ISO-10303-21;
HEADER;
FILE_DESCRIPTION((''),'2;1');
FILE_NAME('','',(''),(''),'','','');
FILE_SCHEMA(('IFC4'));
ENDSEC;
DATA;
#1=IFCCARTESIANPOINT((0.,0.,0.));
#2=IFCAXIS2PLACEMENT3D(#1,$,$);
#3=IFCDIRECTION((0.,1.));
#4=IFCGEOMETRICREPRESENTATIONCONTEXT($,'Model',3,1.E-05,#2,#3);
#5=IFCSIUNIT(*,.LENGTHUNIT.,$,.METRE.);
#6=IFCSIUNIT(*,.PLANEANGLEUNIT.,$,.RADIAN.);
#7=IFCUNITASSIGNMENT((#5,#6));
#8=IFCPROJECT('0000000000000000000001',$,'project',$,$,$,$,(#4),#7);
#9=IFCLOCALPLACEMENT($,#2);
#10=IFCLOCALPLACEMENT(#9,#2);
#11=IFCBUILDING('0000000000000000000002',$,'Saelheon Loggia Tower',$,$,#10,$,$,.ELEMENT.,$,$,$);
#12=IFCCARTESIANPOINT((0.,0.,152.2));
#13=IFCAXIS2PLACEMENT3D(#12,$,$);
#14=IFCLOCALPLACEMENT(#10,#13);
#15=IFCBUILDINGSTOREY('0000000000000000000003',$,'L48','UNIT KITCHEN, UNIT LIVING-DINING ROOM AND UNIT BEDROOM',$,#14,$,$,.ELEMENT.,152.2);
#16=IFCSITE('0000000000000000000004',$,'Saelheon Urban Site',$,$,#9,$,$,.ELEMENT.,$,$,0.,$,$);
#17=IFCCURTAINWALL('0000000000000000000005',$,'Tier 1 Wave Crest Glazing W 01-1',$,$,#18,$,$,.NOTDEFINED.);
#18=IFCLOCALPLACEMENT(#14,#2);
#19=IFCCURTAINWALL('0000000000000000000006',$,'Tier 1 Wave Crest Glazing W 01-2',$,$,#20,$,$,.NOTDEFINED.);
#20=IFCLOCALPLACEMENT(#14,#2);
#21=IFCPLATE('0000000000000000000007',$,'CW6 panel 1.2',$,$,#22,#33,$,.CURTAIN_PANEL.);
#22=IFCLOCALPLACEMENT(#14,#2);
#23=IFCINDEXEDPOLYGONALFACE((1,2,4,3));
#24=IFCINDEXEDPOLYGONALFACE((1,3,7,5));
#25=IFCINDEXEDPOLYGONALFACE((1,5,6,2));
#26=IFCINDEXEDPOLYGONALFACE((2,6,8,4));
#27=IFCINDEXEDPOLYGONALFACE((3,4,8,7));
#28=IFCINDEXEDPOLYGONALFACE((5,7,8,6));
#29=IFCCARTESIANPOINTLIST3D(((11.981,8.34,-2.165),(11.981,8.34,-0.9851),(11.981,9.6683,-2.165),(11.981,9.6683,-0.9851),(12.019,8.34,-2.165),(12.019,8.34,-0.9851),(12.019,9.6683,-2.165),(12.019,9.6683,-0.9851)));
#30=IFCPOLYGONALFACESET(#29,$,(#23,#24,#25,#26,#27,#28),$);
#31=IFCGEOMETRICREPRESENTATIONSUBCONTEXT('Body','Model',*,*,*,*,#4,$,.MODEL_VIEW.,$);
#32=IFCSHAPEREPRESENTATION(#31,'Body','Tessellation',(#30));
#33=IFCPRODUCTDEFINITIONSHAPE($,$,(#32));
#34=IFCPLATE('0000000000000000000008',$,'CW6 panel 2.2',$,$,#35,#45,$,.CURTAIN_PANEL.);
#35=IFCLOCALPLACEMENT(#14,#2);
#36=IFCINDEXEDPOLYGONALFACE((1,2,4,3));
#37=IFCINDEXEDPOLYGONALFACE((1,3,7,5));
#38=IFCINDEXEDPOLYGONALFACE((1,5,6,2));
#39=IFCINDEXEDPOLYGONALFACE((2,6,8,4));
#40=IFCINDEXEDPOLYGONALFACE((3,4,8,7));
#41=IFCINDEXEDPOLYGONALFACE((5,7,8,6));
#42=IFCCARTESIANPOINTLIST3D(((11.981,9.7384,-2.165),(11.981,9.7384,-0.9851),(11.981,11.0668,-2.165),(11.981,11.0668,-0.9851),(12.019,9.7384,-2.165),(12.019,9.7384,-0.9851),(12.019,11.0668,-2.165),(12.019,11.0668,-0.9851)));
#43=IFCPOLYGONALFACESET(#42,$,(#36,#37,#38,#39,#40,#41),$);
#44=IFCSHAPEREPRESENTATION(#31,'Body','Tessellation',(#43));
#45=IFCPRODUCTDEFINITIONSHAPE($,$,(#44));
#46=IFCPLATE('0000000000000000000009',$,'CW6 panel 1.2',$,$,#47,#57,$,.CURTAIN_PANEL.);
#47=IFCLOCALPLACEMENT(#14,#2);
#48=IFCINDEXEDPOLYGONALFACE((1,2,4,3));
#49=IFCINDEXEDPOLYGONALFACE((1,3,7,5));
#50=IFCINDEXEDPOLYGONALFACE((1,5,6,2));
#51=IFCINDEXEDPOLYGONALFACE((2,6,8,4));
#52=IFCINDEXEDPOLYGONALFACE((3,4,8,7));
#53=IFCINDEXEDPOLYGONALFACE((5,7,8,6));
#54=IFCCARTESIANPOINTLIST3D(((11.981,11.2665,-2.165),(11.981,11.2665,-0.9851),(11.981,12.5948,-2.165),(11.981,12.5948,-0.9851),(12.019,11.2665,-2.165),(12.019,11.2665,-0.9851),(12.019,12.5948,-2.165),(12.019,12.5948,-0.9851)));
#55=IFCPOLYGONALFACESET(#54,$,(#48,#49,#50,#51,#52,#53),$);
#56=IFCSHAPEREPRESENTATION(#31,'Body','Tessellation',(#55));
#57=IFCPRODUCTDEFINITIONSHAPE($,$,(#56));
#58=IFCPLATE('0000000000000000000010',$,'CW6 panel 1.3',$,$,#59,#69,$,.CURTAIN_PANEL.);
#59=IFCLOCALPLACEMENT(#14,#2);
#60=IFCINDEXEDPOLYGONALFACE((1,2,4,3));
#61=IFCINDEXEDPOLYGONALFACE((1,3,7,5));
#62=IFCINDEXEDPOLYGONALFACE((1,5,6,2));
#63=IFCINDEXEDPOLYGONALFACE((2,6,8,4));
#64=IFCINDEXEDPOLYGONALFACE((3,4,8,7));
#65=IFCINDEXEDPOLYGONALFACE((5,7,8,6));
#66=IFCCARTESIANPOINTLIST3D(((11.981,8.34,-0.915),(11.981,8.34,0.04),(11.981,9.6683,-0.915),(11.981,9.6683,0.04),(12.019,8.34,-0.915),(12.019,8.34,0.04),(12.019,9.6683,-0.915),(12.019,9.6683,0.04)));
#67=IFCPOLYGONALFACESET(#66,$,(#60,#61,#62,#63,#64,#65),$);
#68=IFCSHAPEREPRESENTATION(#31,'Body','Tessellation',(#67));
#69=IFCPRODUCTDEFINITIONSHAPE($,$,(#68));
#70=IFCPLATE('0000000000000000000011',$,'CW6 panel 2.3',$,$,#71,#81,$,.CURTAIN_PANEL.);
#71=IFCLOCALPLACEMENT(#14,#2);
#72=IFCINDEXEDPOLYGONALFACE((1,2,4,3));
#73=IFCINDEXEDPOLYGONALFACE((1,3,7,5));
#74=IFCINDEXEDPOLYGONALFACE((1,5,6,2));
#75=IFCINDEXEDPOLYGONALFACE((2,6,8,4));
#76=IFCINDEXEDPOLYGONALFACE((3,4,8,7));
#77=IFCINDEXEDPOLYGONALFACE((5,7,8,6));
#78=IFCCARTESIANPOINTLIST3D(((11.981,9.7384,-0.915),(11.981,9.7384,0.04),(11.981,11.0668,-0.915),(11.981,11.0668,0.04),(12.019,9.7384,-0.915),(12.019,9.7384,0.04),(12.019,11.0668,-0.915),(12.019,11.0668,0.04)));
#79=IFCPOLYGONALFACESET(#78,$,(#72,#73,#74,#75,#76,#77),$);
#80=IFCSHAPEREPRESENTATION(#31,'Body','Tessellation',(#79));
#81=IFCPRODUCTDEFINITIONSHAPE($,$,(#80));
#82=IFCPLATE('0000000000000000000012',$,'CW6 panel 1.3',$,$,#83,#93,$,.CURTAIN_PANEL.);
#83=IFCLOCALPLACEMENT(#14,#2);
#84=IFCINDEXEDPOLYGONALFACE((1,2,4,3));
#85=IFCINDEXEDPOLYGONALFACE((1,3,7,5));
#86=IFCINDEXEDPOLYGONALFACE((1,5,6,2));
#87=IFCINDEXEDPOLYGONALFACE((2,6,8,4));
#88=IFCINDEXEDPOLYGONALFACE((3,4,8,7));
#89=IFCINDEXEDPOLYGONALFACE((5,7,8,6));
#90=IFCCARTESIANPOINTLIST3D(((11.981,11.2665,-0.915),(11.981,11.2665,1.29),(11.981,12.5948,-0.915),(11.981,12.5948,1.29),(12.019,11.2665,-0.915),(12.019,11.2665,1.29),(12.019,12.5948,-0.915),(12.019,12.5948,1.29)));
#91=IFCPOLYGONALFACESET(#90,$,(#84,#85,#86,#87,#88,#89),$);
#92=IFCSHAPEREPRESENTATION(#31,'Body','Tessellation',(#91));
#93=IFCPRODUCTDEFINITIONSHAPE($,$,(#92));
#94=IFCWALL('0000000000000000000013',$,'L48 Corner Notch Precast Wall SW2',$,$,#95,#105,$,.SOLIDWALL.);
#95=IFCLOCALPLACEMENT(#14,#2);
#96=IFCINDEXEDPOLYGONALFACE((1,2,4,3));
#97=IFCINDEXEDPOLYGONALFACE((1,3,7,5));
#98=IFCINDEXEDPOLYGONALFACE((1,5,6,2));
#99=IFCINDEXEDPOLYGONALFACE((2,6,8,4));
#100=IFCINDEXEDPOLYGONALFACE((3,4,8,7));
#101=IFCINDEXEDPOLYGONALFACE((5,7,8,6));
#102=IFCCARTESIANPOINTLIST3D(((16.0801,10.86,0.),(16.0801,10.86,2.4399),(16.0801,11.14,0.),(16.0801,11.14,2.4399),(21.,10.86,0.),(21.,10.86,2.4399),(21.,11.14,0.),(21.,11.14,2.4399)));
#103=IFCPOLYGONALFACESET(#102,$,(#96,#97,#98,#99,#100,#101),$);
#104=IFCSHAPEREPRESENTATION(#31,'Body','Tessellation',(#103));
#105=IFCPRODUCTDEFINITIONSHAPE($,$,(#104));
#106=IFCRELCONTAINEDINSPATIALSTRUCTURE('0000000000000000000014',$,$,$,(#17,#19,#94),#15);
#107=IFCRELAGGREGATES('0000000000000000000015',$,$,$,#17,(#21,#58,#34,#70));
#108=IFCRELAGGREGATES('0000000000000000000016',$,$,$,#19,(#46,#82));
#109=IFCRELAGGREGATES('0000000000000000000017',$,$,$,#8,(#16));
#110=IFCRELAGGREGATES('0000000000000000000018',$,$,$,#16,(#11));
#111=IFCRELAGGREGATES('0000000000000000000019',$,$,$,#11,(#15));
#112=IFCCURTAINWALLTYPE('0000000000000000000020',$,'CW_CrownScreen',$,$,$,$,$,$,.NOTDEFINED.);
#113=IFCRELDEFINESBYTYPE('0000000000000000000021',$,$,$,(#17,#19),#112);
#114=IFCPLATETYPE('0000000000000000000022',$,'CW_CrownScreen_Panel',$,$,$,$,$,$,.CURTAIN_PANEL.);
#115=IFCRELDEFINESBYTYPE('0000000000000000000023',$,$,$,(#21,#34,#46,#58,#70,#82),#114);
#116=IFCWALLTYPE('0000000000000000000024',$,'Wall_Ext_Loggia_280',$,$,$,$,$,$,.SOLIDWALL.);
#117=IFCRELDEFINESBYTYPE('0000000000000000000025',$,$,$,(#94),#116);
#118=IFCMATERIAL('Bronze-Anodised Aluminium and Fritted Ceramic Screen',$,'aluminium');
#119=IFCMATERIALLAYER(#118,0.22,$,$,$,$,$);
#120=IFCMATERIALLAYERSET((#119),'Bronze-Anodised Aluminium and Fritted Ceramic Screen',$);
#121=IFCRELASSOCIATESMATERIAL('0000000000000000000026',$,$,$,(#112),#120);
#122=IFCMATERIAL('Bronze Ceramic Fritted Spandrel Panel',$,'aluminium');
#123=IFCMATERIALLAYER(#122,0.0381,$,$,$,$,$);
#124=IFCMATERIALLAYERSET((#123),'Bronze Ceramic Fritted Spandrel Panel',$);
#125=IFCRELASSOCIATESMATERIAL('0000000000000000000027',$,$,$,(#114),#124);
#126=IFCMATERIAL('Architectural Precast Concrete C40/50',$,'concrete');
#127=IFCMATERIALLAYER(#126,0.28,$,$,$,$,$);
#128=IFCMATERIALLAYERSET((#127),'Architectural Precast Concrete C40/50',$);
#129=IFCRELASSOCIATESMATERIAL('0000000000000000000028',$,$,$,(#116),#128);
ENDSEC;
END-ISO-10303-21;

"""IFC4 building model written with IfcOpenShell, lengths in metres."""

from ifc_helpers import new_model, si_unit, direction, frame, frame_2d, origin, origin_2d, place, context, subcontext, project, spatial, rectangle, extrude, source, transform, mapped, material, layer, layer_set, type_object, element, aggregate, save


model = new_model("IFC4")

# Units and contexts
model_context = context("Model", 3, precision=1e-05, world=origin(), true_north=direction((0.0, 1.0)))
body_context = subcontext(model_context, "Body", "Model", "MODEL_VIEW")
ifc_project = project(units=[si_unit("LENGTHUNIT", "METRE"), si_unit("PLANEANGLEUNIT", "RADIAN")], contexts=[model_context])

# Site, building, storey
site_placement = place(None, origin())
site = spatial("IfcSite", under=ifc_project, at=site_placement, Name="Saelheon Urban Site", CompositionType="ELEMENT", RefElevation=0.0)
building_placement = place(site_placement, origin())
building = spatial("IfcBuilding", under=site, at=building_placement, Name="Saelheon Loggia Tower", CompositionType="ELEMENT")
storey_placement = place(building_placement, frame((0.0, 0.0, 152.2)))
storey = spatial("IfcBuildingStorey", under=building, at=storey_placement, Name="L48", Description="UNIT KITCHEN, UNIT LIVING-DINING ROOM AND UNIT BEDROOM", CompositionType="ELEMENT", Elevation=152.2)

# Curtain walls
ifc_material_1 = material(Name="Bronze-Anodised Aluminium and Fritted Ceramic Screen", Category="aluminium")
ifc_layer_1 = layer(ifc_material_1, 0.22)
ifc_layer_set_1 = layer_set([ifc_layer_1], Name="Bronze-Anodised Aluminium and Fritted Ceramic Screen")
curtain_wall_type = type_object("IfcCurtainWallType", Name="CW_CrownScreen", PredefinedType="NOTDEFINED", material=ifc_layer_set_1)
curtain_wall_1_placement = place(storey_placement, origin())
curtain_wall_1 = element("IfcCurtainWall", 1, at=curtain_wall_1_placement, inside=storey, type_object=curtain_wall_type, Name="Tier 1 Wave Crest Glazing W 01-1", PredefinedType="NOTDEFINED")
curtain_wall_2_placement = place(storey_placement, origin())
curtain_wall_2 = element("IfcCurtainWall", 2, at=curtain_wall_2_placement, inside=storey, type_object=curtain_wall_type, Name="Tier 1 Wave Crest Glazing W 01-2", PredefinedType="NOTDEFINED")

# Plates
ifc_material_2 = material(Name="Bronze Ceramic Fritted Spandrel Panel", Category="aluminium")
ifc_layer_2 = layer(ifc_material_2, 0.0381)
ifc_layer_set_2 = layer_set([ifc_layer_2], Name="Bronze Ceramic Fritted Spandrel Panel")
plate_type = type_object("IfcPlateType", Name="CW_CrownScreen_Panel", PredefinedType="CURTAIN_PANEL", material=ifc_layer_set_2)
shared_shape_1 = source(origin(), body_context, "Body", "SweptSolid", [
    extrude(rectangle(XDim=1.3284, YDim=0.0381, at=origin_2d()), origin(), (0.0, 0.0, 1.0), 1.1799),
])
plate_1_placement = place(storey_placement, frame((12.0, 9.0042, -2.165), z_axis=(0.0, 0.0, 1.0), x_axis=(0.0, 1.0, 0.0)))
plate_1 = element("IfcPlate", 3, at=plate_1_placement, type_object=plate_type, Name="CW6 panel 1.2", PredefinedType="CURTAIN_PANEL", context=body_context, shape_type="MappedRepresentation", body=[
    mapped(shared_shape_1, transform((0.0, 0.0, 0.0), scale=1.0)),
])
plate_2_placement = place(storey_placement, frame((12.0, 10.4026, -2.165), z_axis=(0.0, 0.0, 1.0), x_axis=(0.0, 1.0, 0.0)))
plate_2 = element("IfcPlate", 4, at=plate_2_placement, type_object=plate_type, Name="CW6 panel 2.2", PredefinedType="CURTAIN_PANEL", context=body_context, shape_type="MappedRepresentation", body=[
    mapped(shared_shape_1, transform((0.0, 0.0, 0.0), scale=1.0)),
])
plate_3_placement = place(storey_placement, frame((12.0, 11.9307, -2.165), z_axis=(0.0, 0.0, 1.0), x_axis=(0.0, 1.0, 0.0)))
plate_3 = element("IfcPlate", 5, at=plate_3_placement, type_object=plate_type, Name="CW6 panel 1.2", PredefinedType="CURTAIN_PANEL", context=body_context, shape_type="MappedRepresentation", body=[
    mapped(shared_shape_1, transform((0.0, 0.0, 0.0), scale=1.0)),
])
shared_shape_2 = source(origin(), body_context, "Body", "SweptSolid", [
    extrude(rectangle(XDim=1.3284, YDim=0.0381, at=origin_2d()), origin(), (0.0, 0.0, 1.0), 0.9551),
])
plate_4_placement = place(storey_placement, frame((12.0, 9.0042, -0.915), z_axis=(0.0, 0.0, 1.0), x_axis=(0.0, 1.0, 0.0)))
plate_4 = element("IfcPlate", 6, at=plate_4_placement, type_object=plate_type, Name="CW6 panel 1.3", PredefinedType="CURTAIN_PANEL", context=body_context, shape_type="MappedRepresentation", body=[
    mapped(shared_shape_2, transform((0.0, 0.0, 0.0), scale=1.0)),
])
plate_5_placement = place(storey_placement, frame((12.0, 10.4026, -0.915), z_axis=(0.0, 0.0, 1.0), x_axis=(0.0, 1.0, 0.0)))
plate_5 = element("IfcPlate", 7, at=plate_5_placement, type_object=plate_type, Name="CW6 panel 2.3", PredefinedType="CURTAIN_PANEL", context=body_context, shape_type="MappedRepresentation", body=[
    mapped(shared_shape_2, transform((0.0, 0.0, 0.0), scale=1.0)),
])
aggregate(curtain_wall_1, [plate_1, plate_4, plate_2, plate_5])
shared_shape_3 = source(origin(), body_context, "Body", "SweptSolid", [
    extrude(rectangle(XDim=1.3284, YDim=0.0381, at=origin_2d()), origin(), (0.0, 0.0, 1.0), 2.2051),
])
plate_6_placement = place(storey_placement, frame((12.0, 11.9307, -0.915), z_axis=(0.0, 0.0, 1.0), x_axis=(0.0, 1.0, 0.0)))
plate_6 = element("IfcPlate", 8, at=plate_6_placement, type_object=plate_type, Name="CW6 panel 1.3", PredefinedType="CURTAIN_PANEL", context=body_context, shape_type="MappedRepresentation", body=[
    mapped(shared_shape_3, transform((0.0, 0.0, 0.0), scale=1.0)),
])
aggregate(curtain_wall_2, [plate_3, plate_6])

# Wall
ifc_material_3 = material(Name="Architectural Precast Concrete C40/50", Category="concrete")
ifc_layer_3 = layer(ifc_material_3, 0.28)
ifc_layer_set_3 = layer_set([ifc_layer_3], Name="Architectural Precast Concrete C40/50")
wall_type = type_object("IfcWallType", Name="Wall_Ext_Loggia_280", PredefinedType="SOLIDWALL", material=ifc_layer_set_3)
wall_placement = place(storey_placement, frame((16.0801, 11.0, 0.0), z_axis=(0.0, 0.0, 1.0), x_axis=(1.0, 0.0, 0.0)))
element("IfcWall", 9, at=wall_placement, inside=storey, type_object=wall_type, Name="L48 Corner Notch Precast Wall SW2", PredefinedType="SOLIDWALL", context=body_context, shape_type="SweptSolid", body=[
    extrude(rectangle(XDim=4.9199, YDim=0.28, at=frame_2d((2.46, 0.0))), origin(), (0.0, 0.0, 1.0), 2.4399),
])

save(model, "model.ifc")
